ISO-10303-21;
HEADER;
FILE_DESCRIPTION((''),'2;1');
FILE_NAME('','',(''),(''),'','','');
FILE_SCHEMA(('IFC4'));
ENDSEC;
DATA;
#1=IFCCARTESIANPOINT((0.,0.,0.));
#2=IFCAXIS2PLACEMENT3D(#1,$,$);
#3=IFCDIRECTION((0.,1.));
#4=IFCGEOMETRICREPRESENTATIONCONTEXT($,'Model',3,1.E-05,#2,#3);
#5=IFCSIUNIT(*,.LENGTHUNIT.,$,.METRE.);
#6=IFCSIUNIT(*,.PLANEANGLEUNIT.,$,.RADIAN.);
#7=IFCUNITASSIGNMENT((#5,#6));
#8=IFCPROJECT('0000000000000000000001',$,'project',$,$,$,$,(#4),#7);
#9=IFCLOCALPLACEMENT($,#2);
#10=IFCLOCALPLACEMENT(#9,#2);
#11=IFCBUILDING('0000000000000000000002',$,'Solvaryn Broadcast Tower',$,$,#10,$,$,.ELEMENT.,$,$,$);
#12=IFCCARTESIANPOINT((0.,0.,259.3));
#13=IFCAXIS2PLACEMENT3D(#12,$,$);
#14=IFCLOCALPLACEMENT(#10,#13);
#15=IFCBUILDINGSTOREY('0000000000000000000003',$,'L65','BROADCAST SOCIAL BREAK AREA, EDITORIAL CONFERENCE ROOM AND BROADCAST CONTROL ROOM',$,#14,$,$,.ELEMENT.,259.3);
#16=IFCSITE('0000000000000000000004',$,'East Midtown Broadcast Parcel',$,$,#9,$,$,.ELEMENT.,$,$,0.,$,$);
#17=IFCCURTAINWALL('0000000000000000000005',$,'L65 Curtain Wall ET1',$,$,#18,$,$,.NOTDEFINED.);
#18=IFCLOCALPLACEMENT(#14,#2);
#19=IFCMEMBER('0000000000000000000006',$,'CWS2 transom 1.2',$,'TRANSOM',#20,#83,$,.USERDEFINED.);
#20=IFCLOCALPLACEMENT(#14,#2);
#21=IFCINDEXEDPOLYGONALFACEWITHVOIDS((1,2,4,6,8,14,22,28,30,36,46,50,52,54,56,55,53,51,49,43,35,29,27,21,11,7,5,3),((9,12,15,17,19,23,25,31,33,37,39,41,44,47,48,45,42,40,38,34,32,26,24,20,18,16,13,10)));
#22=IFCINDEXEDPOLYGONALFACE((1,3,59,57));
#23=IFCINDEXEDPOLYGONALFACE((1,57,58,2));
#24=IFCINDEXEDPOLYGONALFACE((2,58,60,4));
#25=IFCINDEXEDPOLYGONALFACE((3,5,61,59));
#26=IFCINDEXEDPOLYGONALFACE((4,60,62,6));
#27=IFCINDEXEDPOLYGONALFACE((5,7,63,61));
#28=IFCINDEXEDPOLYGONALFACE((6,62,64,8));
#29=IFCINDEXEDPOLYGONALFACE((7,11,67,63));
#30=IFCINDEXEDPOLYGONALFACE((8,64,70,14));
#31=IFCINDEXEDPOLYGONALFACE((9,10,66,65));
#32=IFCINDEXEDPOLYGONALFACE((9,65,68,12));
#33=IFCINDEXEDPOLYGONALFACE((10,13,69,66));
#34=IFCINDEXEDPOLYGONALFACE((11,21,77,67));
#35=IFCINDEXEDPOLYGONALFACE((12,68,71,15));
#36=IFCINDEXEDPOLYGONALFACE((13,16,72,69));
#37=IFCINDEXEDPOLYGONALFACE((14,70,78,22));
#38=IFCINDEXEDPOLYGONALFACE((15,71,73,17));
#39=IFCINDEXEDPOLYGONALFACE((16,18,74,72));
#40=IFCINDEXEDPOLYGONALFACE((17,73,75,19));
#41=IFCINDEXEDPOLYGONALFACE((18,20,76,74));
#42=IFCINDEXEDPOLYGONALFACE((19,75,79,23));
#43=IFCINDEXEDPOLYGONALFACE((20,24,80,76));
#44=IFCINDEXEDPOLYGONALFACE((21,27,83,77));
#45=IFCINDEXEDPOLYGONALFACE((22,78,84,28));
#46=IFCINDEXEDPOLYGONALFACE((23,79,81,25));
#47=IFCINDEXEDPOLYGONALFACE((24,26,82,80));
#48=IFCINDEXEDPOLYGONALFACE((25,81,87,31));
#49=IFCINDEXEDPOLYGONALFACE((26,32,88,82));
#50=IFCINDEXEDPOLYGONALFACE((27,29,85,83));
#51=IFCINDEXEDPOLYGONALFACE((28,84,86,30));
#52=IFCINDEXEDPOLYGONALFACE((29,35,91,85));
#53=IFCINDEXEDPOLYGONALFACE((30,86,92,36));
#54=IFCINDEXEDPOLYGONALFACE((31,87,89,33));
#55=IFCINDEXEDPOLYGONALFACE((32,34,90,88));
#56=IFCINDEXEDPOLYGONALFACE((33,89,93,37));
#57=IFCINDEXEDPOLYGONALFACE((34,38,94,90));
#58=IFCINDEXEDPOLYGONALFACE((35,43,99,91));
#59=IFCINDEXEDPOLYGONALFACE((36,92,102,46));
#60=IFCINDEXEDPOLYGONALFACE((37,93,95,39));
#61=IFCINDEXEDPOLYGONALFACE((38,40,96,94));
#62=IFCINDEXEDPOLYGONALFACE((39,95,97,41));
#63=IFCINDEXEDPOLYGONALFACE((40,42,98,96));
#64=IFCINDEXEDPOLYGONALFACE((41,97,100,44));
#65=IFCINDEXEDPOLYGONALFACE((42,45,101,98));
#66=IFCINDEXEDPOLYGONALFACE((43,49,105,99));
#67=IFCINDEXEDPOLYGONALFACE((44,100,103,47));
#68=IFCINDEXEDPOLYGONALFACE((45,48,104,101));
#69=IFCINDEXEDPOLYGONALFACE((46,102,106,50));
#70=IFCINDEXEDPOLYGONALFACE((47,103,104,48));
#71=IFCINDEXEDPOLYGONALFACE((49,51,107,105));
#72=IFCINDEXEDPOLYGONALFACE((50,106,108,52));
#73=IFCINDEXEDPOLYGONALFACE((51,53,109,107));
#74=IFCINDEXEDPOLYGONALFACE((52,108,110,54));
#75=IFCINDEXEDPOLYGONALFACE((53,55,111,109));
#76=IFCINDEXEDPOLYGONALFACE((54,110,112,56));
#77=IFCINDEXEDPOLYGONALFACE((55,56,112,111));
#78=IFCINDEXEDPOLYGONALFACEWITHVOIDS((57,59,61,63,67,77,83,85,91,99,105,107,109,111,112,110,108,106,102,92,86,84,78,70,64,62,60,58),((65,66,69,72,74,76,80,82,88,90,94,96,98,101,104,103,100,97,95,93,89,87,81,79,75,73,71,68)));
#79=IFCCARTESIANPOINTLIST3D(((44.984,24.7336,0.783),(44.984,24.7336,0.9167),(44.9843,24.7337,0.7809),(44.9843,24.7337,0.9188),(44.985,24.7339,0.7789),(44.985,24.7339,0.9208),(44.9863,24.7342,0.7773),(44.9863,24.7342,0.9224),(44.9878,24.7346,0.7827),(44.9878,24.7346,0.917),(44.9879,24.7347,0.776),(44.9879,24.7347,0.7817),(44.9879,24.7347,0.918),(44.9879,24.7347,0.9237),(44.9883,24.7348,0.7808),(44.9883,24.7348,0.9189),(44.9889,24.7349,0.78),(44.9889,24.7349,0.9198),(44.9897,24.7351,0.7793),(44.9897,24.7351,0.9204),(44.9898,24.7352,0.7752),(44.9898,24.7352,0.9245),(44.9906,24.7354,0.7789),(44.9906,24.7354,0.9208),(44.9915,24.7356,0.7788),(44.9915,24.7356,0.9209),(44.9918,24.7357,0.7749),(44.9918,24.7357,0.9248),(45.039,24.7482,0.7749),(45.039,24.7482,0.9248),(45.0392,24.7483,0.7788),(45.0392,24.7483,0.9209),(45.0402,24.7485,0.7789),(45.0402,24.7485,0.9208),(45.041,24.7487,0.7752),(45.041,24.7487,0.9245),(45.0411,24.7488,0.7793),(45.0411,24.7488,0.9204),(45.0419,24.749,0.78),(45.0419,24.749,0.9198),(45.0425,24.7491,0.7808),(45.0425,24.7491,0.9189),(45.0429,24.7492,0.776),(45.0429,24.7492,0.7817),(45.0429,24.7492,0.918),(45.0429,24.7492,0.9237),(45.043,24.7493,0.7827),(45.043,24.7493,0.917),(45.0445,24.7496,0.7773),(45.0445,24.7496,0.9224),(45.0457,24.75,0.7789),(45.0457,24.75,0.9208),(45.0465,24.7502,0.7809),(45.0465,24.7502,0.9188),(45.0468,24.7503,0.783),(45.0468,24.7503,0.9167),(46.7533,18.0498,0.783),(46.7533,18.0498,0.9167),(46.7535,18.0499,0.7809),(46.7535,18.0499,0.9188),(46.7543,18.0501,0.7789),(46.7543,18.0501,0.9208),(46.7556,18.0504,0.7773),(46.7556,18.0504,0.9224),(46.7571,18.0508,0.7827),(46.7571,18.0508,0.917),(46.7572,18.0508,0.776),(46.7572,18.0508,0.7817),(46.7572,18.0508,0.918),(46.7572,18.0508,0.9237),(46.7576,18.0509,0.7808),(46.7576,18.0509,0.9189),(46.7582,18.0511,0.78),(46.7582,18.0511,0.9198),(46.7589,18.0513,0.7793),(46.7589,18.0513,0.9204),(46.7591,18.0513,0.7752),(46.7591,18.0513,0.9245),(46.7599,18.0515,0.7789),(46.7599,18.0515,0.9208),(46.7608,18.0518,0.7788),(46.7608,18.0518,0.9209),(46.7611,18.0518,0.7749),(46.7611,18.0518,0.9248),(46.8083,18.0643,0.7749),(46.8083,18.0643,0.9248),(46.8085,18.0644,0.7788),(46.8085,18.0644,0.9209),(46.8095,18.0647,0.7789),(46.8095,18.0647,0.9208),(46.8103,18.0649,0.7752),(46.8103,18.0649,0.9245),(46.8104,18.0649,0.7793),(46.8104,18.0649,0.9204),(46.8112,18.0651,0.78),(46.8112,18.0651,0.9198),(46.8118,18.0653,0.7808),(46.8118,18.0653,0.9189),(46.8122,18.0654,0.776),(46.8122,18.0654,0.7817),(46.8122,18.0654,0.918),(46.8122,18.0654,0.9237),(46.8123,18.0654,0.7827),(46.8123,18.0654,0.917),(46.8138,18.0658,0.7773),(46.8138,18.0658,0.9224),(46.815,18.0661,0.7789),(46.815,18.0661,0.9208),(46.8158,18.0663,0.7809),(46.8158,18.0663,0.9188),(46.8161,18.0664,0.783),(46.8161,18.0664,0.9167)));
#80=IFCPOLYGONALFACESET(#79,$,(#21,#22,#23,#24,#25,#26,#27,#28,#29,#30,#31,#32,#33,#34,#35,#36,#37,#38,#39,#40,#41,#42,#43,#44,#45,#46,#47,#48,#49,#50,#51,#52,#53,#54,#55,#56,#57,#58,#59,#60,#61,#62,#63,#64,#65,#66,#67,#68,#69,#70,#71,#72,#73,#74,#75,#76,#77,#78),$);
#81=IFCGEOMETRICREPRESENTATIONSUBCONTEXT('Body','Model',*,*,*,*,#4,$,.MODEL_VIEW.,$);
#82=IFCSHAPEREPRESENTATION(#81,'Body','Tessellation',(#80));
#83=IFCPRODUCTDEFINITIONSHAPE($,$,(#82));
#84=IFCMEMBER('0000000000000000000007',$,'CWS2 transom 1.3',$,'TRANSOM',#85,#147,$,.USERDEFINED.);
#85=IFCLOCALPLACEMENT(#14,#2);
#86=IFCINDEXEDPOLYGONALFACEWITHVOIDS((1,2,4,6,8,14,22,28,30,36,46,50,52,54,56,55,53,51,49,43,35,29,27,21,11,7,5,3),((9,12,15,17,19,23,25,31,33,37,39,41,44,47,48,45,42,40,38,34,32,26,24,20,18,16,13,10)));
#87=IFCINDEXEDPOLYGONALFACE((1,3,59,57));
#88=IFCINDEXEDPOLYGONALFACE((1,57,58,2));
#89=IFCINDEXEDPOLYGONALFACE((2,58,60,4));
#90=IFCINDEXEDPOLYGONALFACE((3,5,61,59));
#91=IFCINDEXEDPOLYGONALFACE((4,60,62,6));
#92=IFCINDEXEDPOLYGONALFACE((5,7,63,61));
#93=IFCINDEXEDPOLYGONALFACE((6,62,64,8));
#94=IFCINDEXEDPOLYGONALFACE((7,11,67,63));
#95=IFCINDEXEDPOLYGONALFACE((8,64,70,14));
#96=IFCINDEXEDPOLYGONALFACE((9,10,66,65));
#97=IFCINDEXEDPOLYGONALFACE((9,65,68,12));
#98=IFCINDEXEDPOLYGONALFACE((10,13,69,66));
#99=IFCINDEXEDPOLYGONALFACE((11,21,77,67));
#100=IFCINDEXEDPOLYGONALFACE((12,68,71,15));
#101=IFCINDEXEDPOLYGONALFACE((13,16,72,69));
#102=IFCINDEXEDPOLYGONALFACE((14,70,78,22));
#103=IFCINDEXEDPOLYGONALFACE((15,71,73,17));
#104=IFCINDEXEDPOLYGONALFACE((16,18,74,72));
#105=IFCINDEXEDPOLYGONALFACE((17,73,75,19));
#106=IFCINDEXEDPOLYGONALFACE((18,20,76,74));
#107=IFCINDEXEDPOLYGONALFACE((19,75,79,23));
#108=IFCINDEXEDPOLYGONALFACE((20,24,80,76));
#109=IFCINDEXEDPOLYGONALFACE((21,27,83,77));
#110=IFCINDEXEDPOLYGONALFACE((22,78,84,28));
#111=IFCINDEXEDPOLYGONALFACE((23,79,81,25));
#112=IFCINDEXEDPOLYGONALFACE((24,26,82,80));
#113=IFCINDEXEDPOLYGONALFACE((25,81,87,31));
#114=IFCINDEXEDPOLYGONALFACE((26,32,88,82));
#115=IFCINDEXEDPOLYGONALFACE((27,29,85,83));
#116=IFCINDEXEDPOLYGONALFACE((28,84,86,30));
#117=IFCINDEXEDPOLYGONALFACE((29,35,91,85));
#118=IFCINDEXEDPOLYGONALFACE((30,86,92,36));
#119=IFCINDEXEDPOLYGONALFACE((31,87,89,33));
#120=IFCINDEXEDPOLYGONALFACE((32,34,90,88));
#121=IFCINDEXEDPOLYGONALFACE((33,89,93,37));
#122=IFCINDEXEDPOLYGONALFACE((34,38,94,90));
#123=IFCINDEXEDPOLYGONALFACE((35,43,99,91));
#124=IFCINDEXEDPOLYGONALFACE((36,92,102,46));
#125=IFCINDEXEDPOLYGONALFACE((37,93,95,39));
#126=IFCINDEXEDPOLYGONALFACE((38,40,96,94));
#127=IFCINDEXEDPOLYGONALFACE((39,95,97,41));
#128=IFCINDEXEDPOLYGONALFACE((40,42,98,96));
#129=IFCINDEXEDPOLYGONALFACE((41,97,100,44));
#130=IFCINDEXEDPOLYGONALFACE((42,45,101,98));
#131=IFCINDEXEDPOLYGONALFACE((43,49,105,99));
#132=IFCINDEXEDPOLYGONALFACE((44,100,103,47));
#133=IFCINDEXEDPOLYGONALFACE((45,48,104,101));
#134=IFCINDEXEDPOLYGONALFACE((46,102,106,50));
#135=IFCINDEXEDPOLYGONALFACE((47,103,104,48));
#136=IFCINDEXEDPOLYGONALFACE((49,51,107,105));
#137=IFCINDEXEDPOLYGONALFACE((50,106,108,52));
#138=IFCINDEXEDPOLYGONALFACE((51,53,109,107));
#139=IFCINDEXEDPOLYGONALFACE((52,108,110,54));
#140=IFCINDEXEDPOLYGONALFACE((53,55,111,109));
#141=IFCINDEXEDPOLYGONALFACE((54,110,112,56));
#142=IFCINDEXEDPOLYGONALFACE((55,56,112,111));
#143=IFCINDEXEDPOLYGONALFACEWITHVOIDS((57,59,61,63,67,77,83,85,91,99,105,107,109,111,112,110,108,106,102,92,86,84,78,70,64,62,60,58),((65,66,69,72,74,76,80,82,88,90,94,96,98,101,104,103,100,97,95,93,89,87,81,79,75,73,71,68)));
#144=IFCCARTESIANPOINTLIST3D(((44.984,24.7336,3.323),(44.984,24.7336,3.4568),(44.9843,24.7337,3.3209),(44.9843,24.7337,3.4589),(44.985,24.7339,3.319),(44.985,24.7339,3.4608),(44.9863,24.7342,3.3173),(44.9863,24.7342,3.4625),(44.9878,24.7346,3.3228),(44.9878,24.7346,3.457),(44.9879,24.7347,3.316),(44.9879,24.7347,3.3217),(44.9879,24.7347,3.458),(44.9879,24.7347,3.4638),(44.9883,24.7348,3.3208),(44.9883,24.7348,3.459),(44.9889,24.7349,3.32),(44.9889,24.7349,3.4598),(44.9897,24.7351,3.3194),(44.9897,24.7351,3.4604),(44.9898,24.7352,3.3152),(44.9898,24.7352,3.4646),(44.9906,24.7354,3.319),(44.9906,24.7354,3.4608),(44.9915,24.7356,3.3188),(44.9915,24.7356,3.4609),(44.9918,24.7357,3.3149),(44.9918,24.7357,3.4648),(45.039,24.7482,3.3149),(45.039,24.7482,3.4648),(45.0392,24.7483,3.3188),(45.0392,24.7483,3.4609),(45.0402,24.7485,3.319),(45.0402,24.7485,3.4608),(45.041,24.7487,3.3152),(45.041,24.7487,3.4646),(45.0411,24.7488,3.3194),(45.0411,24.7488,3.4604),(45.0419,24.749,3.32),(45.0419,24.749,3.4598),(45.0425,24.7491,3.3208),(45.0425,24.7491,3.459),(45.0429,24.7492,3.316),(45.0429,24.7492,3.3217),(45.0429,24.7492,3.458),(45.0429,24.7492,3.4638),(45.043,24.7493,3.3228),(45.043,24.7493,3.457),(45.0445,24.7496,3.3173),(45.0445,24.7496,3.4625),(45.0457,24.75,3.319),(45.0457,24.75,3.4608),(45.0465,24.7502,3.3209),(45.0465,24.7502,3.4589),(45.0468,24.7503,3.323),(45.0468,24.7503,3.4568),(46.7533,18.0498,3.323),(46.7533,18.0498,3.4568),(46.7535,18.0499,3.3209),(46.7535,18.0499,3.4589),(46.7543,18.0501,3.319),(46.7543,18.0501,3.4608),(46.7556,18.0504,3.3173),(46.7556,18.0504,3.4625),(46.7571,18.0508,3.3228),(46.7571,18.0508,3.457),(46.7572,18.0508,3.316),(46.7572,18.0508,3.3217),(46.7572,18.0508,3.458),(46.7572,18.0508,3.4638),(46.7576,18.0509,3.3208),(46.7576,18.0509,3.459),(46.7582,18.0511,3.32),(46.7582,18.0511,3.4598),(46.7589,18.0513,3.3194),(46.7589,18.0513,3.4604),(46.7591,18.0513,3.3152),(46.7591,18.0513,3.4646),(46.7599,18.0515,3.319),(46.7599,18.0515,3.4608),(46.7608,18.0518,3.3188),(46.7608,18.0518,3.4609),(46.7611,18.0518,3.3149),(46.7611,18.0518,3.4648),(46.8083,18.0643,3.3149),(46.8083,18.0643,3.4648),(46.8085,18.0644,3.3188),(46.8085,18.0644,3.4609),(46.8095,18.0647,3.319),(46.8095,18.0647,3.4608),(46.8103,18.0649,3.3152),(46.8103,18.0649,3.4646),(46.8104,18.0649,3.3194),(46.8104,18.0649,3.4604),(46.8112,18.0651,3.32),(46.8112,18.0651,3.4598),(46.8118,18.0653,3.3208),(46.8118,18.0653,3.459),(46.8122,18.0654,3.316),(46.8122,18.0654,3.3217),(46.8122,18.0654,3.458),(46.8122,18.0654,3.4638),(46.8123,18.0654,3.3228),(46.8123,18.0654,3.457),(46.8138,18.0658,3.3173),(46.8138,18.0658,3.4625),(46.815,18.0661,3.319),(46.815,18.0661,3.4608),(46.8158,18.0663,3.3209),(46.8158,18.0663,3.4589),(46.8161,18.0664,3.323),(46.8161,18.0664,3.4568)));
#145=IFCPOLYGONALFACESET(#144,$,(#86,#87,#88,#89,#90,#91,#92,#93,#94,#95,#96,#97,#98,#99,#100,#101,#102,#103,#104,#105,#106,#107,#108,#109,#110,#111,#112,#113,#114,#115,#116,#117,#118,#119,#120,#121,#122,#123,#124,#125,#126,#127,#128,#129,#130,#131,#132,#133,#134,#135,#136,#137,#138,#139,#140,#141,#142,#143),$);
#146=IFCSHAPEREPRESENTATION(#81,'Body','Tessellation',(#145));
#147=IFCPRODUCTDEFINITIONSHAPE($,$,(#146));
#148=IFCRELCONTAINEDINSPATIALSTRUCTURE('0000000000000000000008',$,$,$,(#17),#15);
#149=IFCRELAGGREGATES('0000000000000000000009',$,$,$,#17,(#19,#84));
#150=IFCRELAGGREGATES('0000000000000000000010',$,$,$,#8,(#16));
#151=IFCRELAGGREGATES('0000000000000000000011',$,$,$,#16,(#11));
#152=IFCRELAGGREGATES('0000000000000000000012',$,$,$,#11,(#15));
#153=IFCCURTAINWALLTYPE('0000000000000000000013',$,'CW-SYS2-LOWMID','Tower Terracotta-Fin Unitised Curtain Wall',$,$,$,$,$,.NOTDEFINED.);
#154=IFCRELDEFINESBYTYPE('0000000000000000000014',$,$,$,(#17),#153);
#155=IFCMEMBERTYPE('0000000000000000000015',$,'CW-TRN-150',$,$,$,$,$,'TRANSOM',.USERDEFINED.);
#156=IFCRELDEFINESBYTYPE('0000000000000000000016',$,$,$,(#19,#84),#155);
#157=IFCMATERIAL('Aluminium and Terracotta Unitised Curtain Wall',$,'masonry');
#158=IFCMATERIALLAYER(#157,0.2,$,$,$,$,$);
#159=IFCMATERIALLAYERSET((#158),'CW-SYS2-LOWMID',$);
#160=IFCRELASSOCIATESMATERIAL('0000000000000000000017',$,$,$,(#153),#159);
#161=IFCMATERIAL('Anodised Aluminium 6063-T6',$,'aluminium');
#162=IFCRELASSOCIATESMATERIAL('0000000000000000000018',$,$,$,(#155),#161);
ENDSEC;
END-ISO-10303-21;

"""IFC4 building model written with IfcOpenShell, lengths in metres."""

from ifc_helpers import new_model, si_unit, direction, frame, origin, origin_2d, place, context, subcontext, project, spatial, hollow_rectangle, extrude, material, layer, layer_set, material_profile, profile_set, type_object, element, aggregate, save


model = new_model("IFC4")

# Units and contexts
model_context = context("Model", 3, precision=1e-05, world=origin(), true_north=direction((0.0, 1.0)))
body_context = subcontext(model_context, "Body", "Model", "MODEL_VIEW")
ifc_project = project(units=[si_unit("LENGTHUNIT", "METRE"), si_unit("PLANEANGLEUNIT", "RADIAN")], contexts=[model_context])

# Site, building, storey
site_placement = place(None, origin())
site = spatial("IfcSite", under=ifc_project, at=site_placement, Name="East Midtown Broadcast Parcel", CompositionType="ELEMENT", RefElevation=0.0)
building_placement = place(site_placement, origin())
building = spatial("IfcBuilding", under=site, at=building_placement, Name="Solvaryn Broadcast Tower", CompositionType="ELEMENT")
storey_placement = place(building_placement, frame((0.0, 0.0, 259.3)))
storey = spatial("IfcBuildingStorey", under=building, at=storey_placement, Name="L65", Description="BROADCAST SOCIAL BREAK AREA, EDITORIAL CONFERENCE ROOM AND BROADCAST CONTROL ROOM", CompositionType="ELEMENT", Elevation=259.3)

# Curtain wall
ifc_material_1 = material(Name="Aluminium and Terracotta Unitised Curtain Wall", Category="masonry")
ifc_layer_1 = layer(ifc_material_1, 0.2)
ifc_layer_set_1 = layer_set([ifc_layer_1], Name="CW-SYS2-LOWMID")
curtain_wall_type = type_object("IfcCurtainWallType", Name="CW-SYS2-LOWMID", Description="Tower Terracotta-Fin Unitised Curtain Wall", PredefinedType="NOTDEFINED", material=ifc_layer_set_1)
curtain_wall_1_placement = place(storey_placement, origin())
curtain_wall_1 = element("IfcCurtainWall", 1, at=curtain_wall_1_placement, inside=storey, type_object=curtain_wall_type, Name="L65 Curtain Wall ET1", PredefinedType="NOTDEFINED")

# Members
ifc_material_2 = material(Name="Anodised Aluminium 6063-T6", Category="aluminium")
ifc_material_profile_1 = material_profile(ifc_material_2, hollow_rectangle(XDim=0.0649, YDim=0.1499, WallThickness=0.0039, InnerFilletRadius=0.0039, OuterFilletRadius=0.0081, at=origin_2d()))
ifc_profile_set_1 = profile_set([ifc_material_profile_1], Name="Anodised Aluminium 6063-T6")
member_type_1 = type_object("IfcMemberType", Name="CW-TRN-150", ElementType="TRANSOM", PredefinedType="USERDEFINED", material=ifc_profile_set_1)
member_1_placement = place(storey_placement, frame((45.0154, 24.7419, 0.8499), z_axis=(0.255897, -0.966704, 0.0), x_axis=(0.966704, 0.255897, 0.0)))
member_1 = element("IfcMember", 2, at=member_1_placement, type_object=member_type_1, Name="CWS2 transom 1.2", ObjectType="TRANSOM", PredefinedType="USERDEFINED", context=body_context, shape_type="SweptSolid", body=[
    extrude(hollow_rectangle(XDim=0.0649, YDim=0.1499, WallThickness=0.0039, InnerFilletRadius=0.0039, OuterFilletRadius=0.0081, at=origin_2d()), origin(), (0.0, 0.0, 1.0), 6.9141),
])
member_2_placement = place(storey_placement, frame((45.0154, 24.7419, 3.3899), z_axis=(0.255897, -0.966704, 0.0), x_axis=(0.966704, 0.255897, 0.0)))
member_2 = element("IfcMember", 3, at=member_2_placement, type_object=member_type_1, Name="CWS2 transom 1.3", ObjectType="TRANSOM", PredefinedType="USERDEFINED", context=body_context, shape_type="SweptSolid", body=[
    extrude(hollow_rectangle(XDim=0.0649, YDim=0.1499, WallThickness=0.0039, InnerFilletRadius=0.0039, OuterFilletRadius=0.0081, at=origin_2d()), origin(), (0.0, 0.0, 1.0), 6.9141),
])
aggregate(curtain_wall_1, [member_1, member_2])

save(model, "model.ifc")
